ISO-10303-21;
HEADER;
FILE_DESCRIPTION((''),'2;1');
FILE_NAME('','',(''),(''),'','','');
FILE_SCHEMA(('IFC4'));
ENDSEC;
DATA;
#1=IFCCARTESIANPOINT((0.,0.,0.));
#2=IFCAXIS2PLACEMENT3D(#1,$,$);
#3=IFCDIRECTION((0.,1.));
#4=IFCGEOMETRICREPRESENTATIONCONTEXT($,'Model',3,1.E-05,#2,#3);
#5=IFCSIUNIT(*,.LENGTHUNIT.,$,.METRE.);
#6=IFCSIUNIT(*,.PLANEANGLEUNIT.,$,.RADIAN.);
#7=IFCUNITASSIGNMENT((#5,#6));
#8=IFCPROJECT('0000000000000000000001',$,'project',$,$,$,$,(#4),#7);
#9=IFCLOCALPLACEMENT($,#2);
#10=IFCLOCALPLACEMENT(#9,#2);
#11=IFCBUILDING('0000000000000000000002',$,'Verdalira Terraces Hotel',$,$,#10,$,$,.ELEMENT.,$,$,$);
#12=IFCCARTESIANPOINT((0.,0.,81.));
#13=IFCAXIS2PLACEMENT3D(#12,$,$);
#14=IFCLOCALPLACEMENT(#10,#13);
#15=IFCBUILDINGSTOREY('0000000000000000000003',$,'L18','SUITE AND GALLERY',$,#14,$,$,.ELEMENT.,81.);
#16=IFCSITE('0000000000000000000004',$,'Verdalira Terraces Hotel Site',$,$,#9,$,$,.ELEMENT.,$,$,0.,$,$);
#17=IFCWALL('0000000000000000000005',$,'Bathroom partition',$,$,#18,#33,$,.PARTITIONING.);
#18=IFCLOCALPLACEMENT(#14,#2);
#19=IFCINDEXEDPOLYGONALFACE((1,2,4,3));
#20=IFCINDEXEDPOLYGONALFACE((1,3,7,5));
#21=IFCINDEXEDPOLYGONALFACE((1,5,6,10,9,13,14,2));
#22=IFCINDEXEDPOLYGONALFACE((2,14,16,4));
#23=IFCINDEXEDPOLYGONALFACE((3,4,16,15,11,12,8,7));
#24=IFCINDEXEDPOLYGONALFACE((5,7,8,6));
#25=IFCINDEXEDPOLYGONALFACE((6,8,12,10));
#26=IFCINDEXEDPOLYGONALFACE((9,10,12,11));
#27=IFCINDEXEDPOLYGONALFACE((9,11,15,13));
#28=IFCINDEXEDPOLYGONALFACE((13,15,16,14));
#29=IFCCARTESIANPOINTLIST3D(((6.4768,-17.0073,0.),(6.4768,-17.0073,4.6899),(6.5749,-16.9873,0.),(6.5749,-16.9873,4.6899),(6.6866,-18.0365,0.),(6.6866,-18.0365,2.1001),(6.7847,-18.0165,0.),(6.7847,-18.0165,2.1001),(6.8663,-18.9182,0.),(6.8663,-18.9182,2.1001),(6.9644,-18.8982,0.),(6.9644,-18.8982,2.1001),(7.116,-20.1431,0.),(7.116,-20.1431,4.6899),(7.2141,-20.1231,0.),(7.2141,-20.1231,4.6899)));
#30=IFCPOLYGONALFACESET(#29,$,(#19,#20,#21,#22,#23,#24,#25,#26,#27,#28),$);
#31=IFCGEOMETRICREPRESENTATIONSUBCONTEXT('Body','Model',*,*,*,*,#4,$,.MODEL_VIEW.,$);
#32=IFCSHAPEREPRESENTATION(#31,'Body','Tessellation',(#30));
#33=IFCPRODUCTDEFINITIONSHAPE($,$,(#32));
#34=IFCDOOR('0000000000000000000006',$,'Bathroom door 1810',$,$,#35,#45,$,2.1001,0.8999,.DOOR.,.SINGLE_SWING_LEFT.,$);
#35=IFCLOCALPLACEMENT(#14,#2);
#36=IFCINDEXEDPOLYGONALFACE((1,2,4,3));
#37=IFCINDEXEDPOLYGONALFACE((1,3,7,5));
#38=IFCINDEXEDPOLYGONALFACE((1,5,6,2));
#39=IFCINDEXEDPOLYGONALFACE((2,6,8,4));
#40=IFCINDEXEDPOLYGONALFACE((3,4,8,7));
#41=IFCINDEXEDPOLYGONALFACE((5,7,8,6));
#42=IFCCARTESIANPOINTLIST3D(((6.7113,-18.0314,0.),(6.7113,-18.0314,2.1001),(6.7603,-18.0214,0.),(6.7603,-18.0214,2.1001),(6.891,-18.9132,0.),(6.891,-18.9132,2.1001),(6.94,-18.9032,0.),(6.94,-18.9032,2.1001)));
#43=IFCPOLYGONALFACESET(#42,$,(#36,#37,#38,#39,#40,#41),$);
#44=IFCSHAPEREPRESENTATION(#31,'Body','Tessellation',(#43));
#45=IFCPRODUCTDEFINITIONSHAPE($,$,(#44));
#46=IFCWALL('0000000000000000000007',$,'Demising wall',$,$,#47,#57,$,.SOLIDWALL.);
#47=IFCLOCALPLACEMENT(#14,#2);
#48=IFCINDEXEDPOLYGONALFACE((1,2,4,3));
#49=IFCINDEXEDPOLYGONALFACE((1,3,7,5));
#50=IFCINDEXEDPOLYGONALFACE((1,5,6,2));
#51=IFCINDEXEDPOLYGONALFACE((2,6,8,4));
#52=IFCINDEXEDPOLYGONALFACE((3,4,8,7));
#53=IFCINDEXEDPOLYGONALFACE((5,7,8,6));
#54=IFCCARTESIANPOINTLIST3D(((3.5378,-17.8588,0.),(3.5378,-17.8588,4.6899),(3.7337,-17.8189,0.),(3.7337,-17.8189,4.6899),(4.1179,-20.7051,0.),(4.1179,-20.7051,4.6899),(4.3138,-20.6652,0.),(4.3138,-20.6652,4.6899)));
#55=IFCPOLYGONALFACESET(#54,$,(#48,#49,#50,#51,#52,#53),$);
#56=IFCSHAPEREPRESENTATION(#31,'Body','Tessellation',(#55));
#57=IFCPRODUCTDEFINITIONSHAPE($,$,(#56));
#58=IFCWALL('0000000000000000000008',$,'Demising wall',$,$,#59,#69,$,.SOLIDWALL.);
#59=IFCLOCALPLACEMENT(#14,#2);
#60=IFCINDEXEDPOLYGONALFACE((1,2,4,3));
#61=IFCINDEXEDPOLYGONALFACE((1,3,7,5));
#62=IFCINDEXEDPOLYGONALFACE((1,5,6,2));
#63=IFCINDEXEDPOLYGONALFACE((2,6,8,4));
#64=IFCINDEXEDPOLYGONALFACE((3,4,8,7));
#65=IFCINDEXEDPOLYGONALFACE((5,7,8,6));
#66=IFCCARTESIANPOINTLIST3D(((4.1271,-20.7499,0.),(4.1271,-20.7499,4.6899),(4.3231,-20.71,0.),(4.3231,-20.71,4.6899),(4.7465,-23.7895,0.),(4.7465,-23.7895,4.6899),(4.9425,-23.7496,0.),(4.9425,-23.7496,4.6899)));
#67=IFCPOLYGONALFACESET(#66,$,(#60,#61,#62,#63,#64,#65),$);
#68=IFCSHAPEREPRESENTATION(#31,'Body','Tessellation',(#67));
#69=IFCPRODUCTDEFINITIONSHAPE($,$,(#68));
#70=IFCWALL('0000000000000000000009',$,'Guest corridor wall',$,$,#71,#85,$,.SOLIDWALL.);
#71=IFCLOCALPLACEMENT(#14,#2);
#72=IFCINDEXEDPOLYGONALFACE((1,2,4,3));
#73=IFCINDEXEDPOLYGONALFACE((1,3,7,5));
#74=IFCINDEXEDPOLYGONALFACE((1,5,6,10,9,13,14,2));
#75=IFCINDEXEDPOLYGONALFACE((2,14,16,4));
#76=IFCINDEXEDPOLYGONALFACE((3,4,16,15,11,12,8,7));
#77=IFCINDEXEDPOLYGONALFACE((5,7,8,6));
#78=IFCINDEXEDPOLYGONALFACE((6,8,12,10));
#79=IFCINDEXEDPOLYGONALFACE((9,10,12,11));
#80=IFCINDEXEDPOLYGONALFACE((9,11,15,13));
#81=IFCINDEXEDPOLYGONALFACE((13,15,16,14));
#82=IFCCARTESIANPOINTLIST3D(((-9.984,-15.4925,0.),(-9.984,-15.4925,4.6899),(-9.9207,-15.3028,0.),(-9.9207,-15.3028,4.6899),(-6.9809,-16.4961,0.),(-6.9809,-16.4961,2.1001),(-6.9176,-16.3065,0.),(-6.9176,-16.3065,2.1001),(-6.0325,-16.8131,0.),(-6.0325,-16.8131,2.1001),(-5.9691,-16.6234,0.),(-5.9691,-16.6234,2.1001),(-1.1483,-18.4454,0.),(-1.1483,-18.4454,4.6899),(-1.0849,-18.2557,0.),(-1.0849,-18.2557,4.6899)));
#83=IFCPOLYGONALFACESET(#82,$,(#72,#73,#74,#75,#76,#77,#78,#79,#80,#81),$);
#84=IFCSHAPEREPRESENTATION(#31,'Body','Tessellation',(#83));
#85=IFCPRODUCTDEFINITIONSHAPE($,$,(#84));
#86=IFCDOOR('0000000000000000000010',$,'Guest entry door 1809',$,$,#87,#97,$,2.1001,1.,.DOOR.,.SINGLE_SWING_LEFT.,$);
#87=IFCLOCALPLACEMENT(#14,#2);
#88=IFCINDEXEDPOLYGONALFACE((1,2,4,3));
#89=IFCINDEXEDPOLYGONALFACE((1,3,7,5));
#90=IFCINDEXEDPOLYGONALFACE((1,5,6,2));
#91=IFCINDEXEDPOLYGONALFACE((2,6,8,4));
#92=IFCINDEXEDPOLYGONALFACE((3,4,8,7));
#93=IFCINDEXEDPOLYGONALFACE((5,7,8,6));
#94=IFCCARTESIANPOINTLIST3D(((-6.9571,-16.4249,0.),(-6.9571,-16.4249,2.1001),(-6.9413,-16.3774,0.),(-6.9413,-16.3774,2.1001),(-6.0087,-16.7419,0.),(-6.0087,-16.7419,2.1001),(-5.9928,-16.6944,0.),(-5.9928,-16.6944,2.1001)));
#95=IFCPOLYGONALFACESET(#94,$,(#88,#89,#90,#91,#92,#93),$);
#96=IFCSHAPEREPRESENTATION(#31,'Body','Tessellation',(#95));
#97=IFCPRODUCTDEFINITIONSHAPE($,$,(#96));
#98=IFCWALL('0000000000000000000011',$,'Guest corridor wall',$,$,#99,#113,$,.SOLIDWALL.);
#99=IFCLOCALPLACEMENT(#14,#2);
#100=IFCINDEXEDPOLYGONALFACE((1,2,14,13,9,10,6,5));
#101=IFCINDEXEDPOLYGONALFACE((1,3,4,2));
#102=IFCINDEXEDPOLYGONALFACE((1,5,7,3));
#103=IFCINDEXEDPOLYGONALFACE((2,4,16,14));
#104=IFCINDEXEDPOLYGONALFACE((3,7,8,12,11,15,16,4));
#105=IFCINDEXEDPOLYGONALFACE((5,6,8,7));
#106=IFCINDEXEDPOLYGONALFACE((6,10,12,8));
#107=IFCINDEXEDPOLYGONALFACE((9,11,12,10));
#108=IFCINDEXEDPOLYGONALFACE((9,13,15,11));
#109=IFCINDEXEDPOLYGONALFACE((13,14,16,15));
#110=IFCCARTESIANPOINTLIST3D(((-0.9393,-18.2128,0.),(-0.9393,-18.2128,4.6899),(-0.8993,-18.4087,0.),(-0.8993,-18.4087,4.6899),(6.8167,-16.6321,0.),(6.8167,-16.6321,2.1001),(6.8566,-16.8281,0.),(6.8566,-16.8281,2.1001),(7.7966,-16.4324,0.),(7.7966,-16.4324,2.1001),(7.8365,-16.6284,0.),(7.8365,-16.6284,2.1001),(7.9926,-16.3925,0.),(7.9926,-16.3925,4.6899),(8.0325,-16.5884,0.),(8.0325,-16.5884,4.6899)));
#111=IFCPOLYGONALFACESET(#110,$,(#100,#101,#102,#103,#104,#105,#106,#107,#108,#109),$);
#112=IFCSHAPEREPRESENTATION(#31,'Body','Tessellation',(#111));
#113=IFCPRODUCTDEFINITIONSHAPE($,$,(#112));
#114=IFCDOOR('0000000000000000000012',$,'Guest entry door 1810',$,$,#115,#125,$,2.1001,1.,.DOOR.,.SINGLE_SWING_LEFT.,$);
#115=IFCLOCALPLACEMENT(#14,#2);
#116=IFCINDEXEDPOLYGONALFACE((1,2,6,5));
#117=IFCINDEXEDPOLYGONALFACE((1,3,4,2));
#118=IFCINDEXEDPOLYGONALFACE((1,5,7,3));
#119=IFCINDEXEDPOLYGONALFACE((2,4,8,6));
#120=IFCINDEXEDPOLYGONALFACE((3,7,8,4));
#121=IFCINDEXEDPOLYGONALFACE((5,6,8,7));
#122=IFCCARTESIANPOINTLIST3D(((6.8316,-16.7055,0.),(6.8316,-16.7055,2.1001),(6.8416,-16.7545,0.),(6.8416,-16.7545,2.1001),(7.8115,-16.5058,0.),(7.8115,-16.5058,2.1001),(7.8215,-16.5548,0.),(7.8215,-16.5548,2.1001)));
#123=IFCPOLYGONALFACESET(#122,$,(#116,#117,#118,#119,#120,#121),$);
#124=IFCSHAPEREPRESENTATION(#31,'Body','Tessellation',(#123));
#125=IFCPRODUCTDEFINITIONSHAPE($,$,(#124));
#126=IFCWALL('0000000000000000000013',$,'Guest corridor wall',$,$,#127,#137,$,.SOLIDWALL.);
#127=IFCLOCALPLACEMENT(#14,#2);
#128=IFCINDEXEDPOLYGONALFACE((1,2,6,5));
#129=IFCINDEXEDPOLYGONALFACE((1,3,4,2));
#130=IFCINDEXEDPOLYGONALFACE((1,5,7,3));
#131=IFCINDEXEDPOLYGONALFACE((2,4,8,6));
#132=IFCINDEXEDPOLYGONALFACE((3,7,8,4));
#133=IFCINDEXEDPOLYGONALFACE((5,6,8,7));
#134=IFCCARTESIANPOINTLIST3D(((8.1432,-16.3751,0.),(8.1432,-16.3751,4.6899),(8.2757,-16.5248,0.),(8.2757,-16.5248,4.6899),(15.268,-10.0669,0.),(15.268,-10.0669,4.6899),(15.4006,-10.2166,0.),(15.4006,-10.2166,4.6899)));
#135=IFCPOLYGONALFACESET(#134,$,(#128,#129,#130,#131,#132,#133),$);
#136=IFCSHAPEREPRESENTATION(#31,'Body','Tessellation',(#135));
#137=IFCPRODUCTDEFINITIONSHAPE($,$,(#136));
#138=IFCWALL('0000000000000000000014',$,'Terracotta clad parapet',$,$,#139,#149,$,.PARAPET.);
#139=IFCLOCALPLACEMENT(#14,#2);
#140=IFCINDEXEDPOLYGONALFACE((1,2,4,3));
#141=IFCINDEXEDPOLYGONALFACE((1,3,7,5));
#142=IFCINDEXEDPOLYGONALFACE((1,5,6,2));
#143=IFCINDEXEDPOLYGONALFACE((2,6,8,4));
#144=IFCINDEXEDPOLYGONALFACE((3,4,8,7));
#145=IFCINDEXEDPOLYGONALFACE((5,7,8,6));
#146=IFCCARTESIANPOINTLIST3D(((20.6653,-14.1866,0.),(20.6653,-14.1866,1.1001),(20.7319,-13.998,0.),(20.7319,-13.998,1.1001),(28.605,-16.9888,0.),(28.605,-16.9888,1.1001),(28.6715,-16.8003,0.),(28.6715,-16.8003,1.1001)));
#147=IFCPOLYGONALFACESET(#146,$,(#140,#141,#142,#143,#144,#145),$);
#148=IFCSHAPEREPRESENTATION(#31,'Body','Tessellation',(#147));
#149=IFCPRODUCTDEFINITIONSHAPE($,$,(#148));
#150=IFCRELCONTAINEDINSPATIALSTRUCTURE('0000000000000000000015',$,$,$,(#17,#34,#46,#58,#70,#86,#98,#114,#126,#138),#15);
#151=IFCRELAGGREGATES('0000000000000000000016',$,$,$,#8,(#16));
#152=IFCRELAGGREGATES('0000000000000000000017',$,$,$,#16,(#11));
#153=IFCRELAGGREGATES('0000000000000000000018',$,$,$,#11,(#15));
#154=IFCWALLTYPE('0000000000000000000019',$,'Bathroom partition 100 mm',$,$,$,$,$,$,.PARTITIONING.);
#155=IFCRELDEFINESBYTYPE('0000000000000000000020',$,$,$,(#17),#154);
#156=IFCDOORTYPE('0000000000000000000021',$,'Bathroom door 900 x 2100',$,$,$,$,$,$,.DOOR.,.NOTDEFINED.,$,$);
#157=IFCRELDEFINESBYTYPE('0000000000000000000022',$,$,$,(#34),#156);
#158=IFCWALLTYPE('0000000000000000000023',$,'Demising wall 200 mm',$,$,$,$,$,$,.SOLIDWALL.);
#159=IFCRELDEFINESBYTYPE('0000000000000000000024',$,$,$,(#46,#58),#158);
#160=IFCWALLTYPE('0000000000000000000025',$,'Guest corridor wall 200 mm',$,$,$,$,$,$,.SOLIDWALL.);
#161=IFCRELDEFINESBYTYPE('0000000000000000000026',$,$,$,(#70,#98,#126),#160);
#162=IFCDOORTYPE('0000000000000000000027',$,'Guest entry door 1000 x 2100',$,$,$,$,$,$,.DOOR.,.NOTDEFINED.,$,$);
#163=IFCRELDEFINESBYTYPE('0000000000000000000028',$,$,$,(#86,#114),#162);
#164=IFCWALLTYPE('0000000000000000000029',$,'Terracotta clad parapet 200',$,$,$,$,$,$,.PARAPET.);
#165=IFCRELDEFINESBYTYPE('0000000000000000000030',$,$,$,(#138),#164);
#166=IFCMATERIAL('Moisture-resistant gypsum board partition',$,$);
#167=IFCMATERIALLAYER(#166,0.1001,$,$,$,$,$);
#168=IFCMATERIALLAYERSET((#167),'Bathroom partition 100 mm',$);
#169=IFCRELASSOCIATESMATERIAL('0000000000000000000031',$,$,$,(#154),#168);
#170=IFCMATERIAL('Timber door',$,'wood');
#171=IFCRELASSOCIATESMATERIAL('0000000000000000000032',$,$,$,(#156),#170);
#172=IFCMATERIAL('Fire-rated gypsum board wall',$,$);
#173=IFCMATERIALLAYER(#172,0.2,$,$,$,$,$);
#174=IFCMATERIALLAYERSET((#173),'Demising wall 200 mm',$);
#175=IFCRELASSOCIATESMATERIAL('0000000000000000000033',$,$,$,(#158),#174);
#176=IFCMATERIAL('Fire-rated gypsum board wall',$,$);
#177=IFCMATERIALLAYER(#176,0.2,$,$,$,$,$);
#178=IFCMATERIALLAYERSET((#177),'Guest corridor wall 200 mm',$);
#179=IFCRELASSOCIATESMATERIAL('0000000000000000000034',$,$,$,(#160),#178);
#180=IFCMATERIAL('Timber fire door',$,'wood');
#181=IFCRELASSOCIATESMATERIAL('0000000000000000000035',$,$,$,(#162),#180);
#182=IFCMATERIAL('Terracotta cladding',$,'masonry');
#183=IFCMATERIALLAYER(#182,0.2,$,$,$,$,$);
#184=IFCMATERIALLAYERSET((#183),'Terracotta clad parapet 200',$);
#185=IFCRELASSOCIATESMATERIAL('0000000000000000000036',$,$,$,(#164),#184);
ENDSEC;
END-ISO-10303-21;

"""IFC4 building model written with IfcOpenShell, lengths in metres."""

from ifc_helpers import new_model, si_unit, direction, frame, frame_2d, origin, place, context, subcontext, project, spatial, rectangle, extrude, material, layer, layer_set, type_object, element, fill, save


model = new_model("IFC4")

# Units and contexts
model_context = context("Model", 3, precision=1e-05, world=origin(), true_north=direction((0.0, 1.0)))
body_context = subcontext(model_context, "Body", "Model", "MODEL_VIEW")
ifc_project = project(units=[si_unit("LENGTHUNIT", "METRE"), si_unit("PLANEANGLEUNIT", "RADIAN")], contexts=[model_context])

# Site, building, storey
site_placement = place(None, origin())
site = spatial("IfcSite", under=ifc_project, at=site_placement, Name="Verdalira Terraces Hotel Site", CompositionType="ELEMENT", RefElevation=0.0)
building_placement = place(site_placement, origin())
building = spatial("IfcBuilding", under=site, at=building_placement, Name="Verdalira Terraces Hotel", CompositionType="ELEMENT")
storey_placement = place(building_placement, frame((0.0, 0.0, 81.0)))
storey = spatial("IfcBuildingStorey", under=building, at=storey_placement, Name="L18", Description="SUITE AND GALLERY", CompositionType="ELEMENT", Elevation=81.0)

# Shared definitions
ifc_material_1 = material(Name="Moisture-resistant gypsum board partition")
ifc_layer_1 = layer(ifc_material_1, 0.1001)
ifc_layer_set_1 = layer_set([ifc_layer_1], Name="Bathroom partition 100 mm")
wall_type_1 = type_object("IfcWallType", Name="Bathroom partition 100 mm", PredefinedType="PARTITIONING", material=ifc_layer_set_1)

# Wall, opening, door
wall_1_placement = place(storey_placement, frame((7.165, -20.1331, 0.0), z_axis=(0.0, 0.0, 1.0), x_axis=(-0.199724, 0.979852, 0.0)))
wall_1 = element("IfcWall", 1, at=wall_1_placement, inside=storey, type_object=wall_type_1, Name="Bathroom partition", PredefinedType="PARTITIONING", context=body_context, shape_type="SweptSolid", body=[
    extrude(rectangle(XDim=3.2002, YDim=0.1001, at=frame_2d((1.6001, 0.0))), origin(), (0.0, 0.0, 1.0), 4.6899),
])
opening_1_placement = place(wall_1_placement, frame((1.25, 0.0, 0.0)))
opening_1 = element("IfcOpeningElement", 2, at=opening_1_placement, cuts=wall_1, PredefinedType="OPENING", context=body_context, shape_type="SweptSolid", body=[
    extrude(rectangle(XDim=0.8999, YDim=2.1001, at=frame_2d((0.45, 1.05))), frame((0.0, 0.0601, 0.0), z_axis=(0.0, -1.0, 0.0), x_axis=(1.0, 0.0, 0.0)), (0.0, 0.0, 1.0), 0.1201),
])
ifc_material_2 = material(Name="Timber door", Category="wood")
door_type_1 = type_object("IfcDoorType", Name="Bathroom door 900 x 2100", OperationType="NOTDEFINED", PredefinedType="DOOR", material=ifc_material_2)
door_1_placement = place(opening_1_placement, origin())
door_1 = element("IfcDoor", 3, at=door_1_placement, inside=storey, type_object=door_type_1, Name="Bathroom door 1810", OperationType="SINGLE_SWING_LEFT", OverallHeight=2.1001, OverallWidth=0.8999, PredefinedType="DOOR", context=body_context, shape_type="SweptSolid", body=[
    extrude(rectangle(XDim=0.8999, YDim=2.1001, at=frame_2d((0.45, 1.05))), frame((0.0, 0.0249, 0.0), z_axis=(0.0, -1.0, 0.0), x_axis=(1.0, 0.0, 0.0)), (0.0, 0.0, 1.0), 0.05),
])
fill(opening_1, door_1)

# Walls
ifc_material_3 = material(Name="Fire-rated gypsum board wall")
ifc_layer_2 = layer(ifc_material_3, 0.2)
ifc_layer_set_2 = layer_set([ifc_layer_2], Name="Demising wall 200 mm")
wall_type_2 = type_object("IfcWallType", Name="Demising wall 200 mm", PredefinedType="SOLIDWALL", material=ifc_layer_set_2)
wall_2_placement = place(storey_placement, frame((3.6357, -17.8389, 0.0), z_axis=(0.0, 0.0, 1.0), x_axis=(0.199703, -0.979856, 0.0)))
element("IfcWall", 4, at=wall_2_placement, inside=storey, type_object=wall_type_2, Name="Demising wall", PredefinedType="SOLIDWALL", context=body_context, shape_type="SweptSolid", body=[
    extrude(rectangle(XDim=2.9048, YDim=0.2, at=frame_2d((1.4524, 0.0))), origin(), (0.0, 0.0, 1.0), 4.6899),
])
wall_3_placement = place(storey_placement, frame((4.2251, -20.73, 0.0), z_axis=(0.0, 0.0, 1.0), x_axis=(0.199672, -0.979863, 0.0)))
element("IfcWall", 5, at=wall_3_placement, inside=storey, type_object=wall_type_2, Name="Demising wall", PredefinedType="SOLIDWALL", context=body_context, shape_type="SweptSolid", body=[
    extrude(rectangle(XDim=3.1021, YDim=0.2, at=frame_2d((1.551, 0.0))), origin(), (0.0, 0.0, 1.0), 4.6899),
])

# Walls, openings, doors
ifc_material_4 = material(Name="Fire-rated gypsum board wall")
ifc_layer_3 = layer(ifc_material_4, 0.2)
ifc_layer_set_3 = layer_set([ifc_layer_3], Name="Guest corridor wall 200 mm")
wall_type_3 = type_object("IfcWallType", Name="Guest corridor wall 200 mm", PredefinedType="SOLIDWALL", material=ifc_layer_set_3)
wall_4_placement = place(storey_placement, frame((-1.1165, -18.3506, 0.0), z_axis=(0.0, 0.0, 1.0), x_axis=(-0.948437, 0.316967, 0.0)))
wall_4 = element("IfcWall", 6, at=wall_4_placement, inside=storey, type_object=wall_type_3, Name="Guest corridor wall", PredefinedType="SOLIDWALL", context=body_context, shape_type="SweptSolid", body=[
    extrude(rectangle(XDim=9.3162, YDim=0.2, at=frame_2d((4.6582, 0.0))), origin(), (0.0, 0.0, 1.0), 4.6899),
])
opening_2_placement = place(wall_4_placement, frame((5.1499, 0.0, 0.0)))
opening_2 = element("IfcOpeningElement", 7, at=opening_2_placement, cuts=wall_4, PredefinedType="OPENING", context=body_context, shape_type="SweptSolid", body=[
    extrude(rectangle(XDim=1.0, YDim=2.1001, at=frame_2d((0.5, 1.05))), frame((0.0, 0.1099, 0.0), z_axis=(0.0, -1.0, 0.0), x_axis=(1.0, 0.0, 0.0)), (0.0, 0.0, 1.0), 0.22),
])
ifc_material_5 = material(Name="Timber fire door", Category="wood")
door_type_2 = type_object("IfcDoorType", Name="Guest entry door 1000 x 2100", OperationType="NOTDEFINED", PredefinedType="DOOR", material=ifc_material_5)
door_2_placement = place(opening_2_placement, origin())
door_2 = element("IfcDoor", 8, at=door_2_placement, inside=storey, type_object=door_type_2, Name="Guest entry door 1809", OperationType="SINGLE_SWING_LEFT", OverallHeight=2.1001, OverallWidth=1.0, PredefinedType="DOOR", context=body_context, shape_type="SweptSolid", body=[
    extrude(rectangle(XDim=1.0, YDim=2.1001, at=frame_2d((0.5, 1.05))), frame((0.0, 0.0249, 0.0), z_axis=(0.0, -1.0, 0.0), x_axis=(1.0, 0.0, 0.0)), (0.0, 0.0, 1.0), 0.05),
])
fill(opening_2, door_2)
wall_5_placement = place(storey_placement, frame((8.0125, -16.4905, 0.0), z_axis=(0.0, 0.0, 1.0), x_axis=(-0.979858, -0.199694, 0.0)))
wall_5 = element("IfcWall", 9, at=wall_5_placement, inside=storey, type_object=wall_type_3, Name="Guest corridor wall", PredefinedType="SOLIDWALL", context=body_context, shape_type="SweptSolid", body=[
    extrude(rectangle(XDim=9.1155, YDim=0.2, at=frame_2d((4.5576, 0.0))), origin(), (0.0, 0.0, 1.0), 4.6899),
])
opening_3_placement = place(wall_5_placement, frame((0.2, 0.0, 0.0)))
opening_3 = element("IfcOpeningElement", 10, at=opening_3_placement, cuts=wall_5, PredefinedType="OPENING", context=body_context, shape_type="SweptSolid", body=[
    extrude(rectangle(XDim=1.0, YDim=2.1001, at=frame_2d((0.5, 1.05))), frame((0.0, 0.1099, 0.0), z_axis=(0.0, -1.0, 0.0), x_axis=(1.0, 0.0, 0.0)), (0.0, 0.0, 1.0), 0.22),
])
door_3_placement = place(opening_3_placement, origin())
door_3 = element("IfcDoor", 11, at=door_3_placement, inside=storey, type_object=door_type_2, Name="Guest entry door 1810", OperationType="SINGLE_SWING_LEFT", OverallHeight=2.1001, OverallWidth=1.0, PredefinedType="DOOR", context=body_context, shape_type="SweptSolid", body=[
    extrude(rectangle(XDim=1.0, YDim=2.1001, at=frame_2d((0.5, 1.05))), frame((0.0, 0.0249, 0.0), z_axis=(0.0, -1.0, 0.0), x_axis=(1.0, 0.0, 0.0)), (0.0, 0.0, 1.0), 0.05),
])
fill(opening_3, door_3)

# Walls
wall_6_placement = place(storey_placement, frame((8.2095, -16.45, 0.0), z_axis=(0.0, 0.0, 1.0), x_axis=(0.748713, 0.662894, 0.0)))
element("IfcWall", 12, at=wall_6_placement, inside=storey, type_object=wall_type_3, Name="Guest corridor wall", PredefinedType="SOLIDWALL", context=body_context, shape_type="SweptSolid", body=[
    extrude(rectangle(XDim=9.5161, YDim=0.2, at=frame_2d((4.7581, 0.0))), origin(), (0.0, 0.0, 1.0), 4.6899),
])
ifc_material_6 = material(Name="Terracotta cladding", Category="masonry")
ifc_layer_4 = layer(ifc_material_6, 0.2)
ifc_layer_set_4 = layer_set([ifc_layer_4], Name="Terracotta clad parapet 200")
wall_type_4 = type_object("IfcWallType", Name="Terracotta clad parapet 200", PredefinedType="PARAPET", material=ifc_layer_set_4)
wall_7_placement = place(storey_placement, frame((20.6985, -14.0923, 0.0), z_axis=(0.0, 0.0, 1.0), x_axis=(0.94299, -0.33282, 0.0)))
element("IfcWall", 13, at=wall_7_placement, inside=storey, type_object=wall_type_4, Name="Terracotta clad parapet", PredefinedType="PARAPET", context=body_context, shape_type="SweptSolid", body=[
    extrude(rectangle(XDim=8.4197, YDim=0.2, at=frame_2d((4.21, 0.0))), origin(), (0.0, 0.0, 1.0), 1.1001),
])

save(model, "model.ifc")
